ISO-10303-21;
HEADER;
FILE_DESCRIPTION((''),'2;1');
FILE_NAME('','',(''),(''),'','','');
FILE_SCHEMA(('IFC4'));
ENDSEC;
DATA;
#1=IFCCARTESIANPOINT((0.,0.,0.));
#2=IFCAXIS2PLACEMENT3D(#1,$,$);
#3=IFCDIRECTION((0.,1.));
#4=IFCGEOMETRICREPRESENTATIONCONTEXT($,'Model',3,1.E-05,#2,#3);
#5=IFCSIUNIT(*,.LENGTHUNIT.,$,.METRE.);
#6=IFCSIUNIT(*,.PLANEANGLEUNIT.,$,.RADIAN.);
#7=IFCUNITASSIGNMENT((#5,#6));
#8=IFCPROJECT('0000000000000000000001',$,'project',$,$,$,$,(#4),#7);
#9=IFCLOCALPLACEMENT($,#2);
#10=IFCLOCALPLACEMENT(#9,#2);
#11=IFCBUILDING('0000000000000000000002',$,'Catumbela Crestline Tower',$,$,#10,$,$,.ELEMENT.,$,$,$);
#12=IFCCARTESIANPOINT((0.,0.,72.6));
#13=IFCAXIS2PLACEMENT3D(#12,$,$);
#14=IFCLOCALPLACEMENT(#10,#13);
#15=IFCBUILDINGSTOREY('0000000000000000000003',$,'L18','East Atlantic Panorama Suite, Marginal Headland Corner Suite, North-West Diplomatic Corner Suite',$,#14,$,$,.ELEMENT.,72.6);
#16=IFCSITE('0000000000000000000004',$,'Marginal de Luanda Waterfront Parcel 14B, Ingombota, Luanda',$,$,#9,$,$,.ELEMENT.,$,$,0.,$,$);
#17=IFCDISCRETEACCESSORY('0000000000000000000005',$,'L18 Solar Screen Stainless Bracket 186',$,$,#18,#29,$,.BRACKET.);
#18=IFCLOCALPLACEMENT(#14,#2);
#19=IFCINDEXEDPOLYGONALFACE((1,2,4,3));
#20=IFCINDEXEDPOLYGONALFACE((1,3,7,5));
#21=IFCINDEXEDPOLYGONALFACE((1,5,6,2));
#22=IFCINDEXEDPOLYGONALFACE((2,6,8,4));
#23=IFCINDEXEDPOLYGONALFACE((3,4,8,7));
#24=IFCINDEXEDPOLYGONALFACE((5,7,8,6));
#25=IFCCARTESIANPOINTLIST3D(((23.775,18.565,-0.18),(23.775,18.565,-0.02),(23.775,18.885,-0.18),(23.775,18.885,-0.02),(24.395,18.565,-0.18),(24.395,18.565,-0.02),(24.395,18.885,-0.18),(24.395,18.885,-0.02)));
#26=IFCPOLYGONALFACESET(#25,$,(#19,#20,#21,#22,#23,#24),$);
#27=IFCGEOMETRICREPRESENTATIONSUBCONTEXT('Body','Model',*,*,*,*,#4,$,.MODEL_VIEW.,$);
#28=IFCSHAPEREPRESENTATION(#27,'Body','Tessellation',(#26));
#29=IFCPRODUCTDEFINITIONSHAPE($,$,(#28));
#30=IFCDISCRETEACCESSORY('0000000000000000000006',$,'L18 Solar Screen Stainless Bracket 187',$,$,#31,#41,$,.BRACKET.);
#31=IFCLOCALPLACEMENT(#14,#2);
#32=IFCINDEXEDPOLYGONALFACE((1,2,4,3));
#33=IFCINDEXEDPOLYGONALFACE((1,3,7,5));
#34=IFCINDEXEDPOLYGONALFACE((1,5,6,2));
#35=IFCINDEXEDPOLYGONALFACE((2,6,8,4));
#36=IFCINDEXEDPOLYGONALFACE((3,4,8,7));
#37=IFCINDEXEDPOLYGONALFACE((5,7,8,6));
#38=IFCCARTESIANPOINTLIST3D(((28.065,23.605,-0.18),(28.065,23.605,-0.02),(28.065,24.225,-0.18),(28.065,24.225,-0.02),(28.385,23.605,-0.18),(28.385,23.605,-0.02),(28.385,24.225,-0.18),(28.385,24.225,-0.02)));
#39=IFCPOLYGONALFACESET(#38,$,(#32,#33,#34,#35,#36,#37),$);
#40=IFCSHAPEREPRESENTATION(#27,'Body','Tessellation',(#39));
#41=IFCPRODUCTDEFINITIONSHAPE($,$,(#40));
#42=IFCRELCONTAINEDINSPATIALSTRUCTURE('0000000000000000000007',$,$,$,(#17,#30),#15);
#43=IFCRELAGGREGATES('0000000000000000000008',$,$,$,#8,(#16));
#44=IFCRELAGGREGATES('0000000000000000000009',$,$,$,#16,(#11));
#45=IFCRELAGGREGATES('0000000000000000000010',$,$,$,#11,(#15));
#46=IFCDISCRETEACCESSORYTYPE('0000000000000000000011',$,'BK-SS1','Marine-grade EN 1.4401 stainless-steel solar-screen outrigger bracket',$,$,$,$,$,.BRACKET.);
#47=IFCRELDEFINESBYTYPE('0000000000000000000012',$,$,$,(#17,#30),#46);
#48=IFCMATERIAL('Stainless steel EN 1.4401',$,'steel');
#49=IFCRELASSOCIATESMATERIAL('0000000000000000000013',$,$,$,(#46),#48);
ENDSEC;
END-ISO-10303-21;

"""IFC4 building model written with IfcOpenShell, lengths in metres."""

from ifc_helpers import new_model, si_unit, direction, frame, origin, origin_2d, place, context, subcontext, project, spatial, rectangle, extrude, material, type_object, element, save


model = new_model("IFC4")

# Units and contexts
model_context = context("Model", 3, precision=1e-05, world=origin(), true_north=direction((0.0, 1.0)))
body_context = subcontext(model_context, "Body", "Model", "MODEL_VIEW")
ifc_project = project(units=[si_unit("LENGTHUNIT", "METRE"), si_unit("PLANEANGLEUNIT", "RADIAN")], contexts=[model_context])

# Site, building, storey
site_placement = place(None, origin())
site = spatial("IfcSite", under=ifc_project, at=site_placement, Name="Marginal de Luanda Waterfront Parcel 14B, Ingombota, Luanda", CompositionType="ELEMENT", RefElevation=0.0)
building_placement = place(site_placement, origin())
building = spatial("IfcBuilding", under=site, at=building_placement, Name="Catumbela Crestline Tower", CompositionType="ELEMENT")
storey_placement = place(building_placement, frame((0.0, 0.0, 72.6)))
storey = spatial("IfcBuildingStorey", under=building, at=storey_placement, Name="L18", Description="East Atlantic Panorama Suite, Marginal Headland Corner Suite, North-West Diplomatic Corner Suite", CompositionType="ELEMENT", Elevation=72.6)

# Shared definitions
ifc_material_1 = material(Name="Stainless steel EN 1.4401", Category="steel")

# Discrete accessories
discrete_accessory_type = type_object("IfcDiscreteAccessoryType", Name="BK-SS1", Description="Marine-grade EN 1.4401 stainless-steel solar-screen outrigger bracket", PredefinedType="BRACKET", material=ifc_material_1)
for number, where, z_axis, x_axis, name in (
    (1, (24.085, 18.725, -0.18), (0.0, 0.0, 1.0), (0.0, 1.0, 0.0), "L18 Solar Screen Stainless Bracket 186"),
    (2, (28.225, 23.915, -0.18), (0.0, 0.0, 1.0), (1.0, 0.0, 0.0), "L18 Solar Screen Stainless Bracket 187"),
):
    element("IfcDiscreteAccessory", number, at=place(storey_placement, frame(where, z_axis=z_axis, x_axis=x_axis)), inside=storey, type_object=discrete_accessory_type, Name=name, PredefinedType="BRACKET", context=body_context, shape_type="SweptSolid", body=[
        extrude(rectangle(XDim=0.32, YDim=0.62, at=origin_2d()), origin(), (0.0, 0.0, 1.0), 0.16),
    ])

save(model, "model.ifc")
